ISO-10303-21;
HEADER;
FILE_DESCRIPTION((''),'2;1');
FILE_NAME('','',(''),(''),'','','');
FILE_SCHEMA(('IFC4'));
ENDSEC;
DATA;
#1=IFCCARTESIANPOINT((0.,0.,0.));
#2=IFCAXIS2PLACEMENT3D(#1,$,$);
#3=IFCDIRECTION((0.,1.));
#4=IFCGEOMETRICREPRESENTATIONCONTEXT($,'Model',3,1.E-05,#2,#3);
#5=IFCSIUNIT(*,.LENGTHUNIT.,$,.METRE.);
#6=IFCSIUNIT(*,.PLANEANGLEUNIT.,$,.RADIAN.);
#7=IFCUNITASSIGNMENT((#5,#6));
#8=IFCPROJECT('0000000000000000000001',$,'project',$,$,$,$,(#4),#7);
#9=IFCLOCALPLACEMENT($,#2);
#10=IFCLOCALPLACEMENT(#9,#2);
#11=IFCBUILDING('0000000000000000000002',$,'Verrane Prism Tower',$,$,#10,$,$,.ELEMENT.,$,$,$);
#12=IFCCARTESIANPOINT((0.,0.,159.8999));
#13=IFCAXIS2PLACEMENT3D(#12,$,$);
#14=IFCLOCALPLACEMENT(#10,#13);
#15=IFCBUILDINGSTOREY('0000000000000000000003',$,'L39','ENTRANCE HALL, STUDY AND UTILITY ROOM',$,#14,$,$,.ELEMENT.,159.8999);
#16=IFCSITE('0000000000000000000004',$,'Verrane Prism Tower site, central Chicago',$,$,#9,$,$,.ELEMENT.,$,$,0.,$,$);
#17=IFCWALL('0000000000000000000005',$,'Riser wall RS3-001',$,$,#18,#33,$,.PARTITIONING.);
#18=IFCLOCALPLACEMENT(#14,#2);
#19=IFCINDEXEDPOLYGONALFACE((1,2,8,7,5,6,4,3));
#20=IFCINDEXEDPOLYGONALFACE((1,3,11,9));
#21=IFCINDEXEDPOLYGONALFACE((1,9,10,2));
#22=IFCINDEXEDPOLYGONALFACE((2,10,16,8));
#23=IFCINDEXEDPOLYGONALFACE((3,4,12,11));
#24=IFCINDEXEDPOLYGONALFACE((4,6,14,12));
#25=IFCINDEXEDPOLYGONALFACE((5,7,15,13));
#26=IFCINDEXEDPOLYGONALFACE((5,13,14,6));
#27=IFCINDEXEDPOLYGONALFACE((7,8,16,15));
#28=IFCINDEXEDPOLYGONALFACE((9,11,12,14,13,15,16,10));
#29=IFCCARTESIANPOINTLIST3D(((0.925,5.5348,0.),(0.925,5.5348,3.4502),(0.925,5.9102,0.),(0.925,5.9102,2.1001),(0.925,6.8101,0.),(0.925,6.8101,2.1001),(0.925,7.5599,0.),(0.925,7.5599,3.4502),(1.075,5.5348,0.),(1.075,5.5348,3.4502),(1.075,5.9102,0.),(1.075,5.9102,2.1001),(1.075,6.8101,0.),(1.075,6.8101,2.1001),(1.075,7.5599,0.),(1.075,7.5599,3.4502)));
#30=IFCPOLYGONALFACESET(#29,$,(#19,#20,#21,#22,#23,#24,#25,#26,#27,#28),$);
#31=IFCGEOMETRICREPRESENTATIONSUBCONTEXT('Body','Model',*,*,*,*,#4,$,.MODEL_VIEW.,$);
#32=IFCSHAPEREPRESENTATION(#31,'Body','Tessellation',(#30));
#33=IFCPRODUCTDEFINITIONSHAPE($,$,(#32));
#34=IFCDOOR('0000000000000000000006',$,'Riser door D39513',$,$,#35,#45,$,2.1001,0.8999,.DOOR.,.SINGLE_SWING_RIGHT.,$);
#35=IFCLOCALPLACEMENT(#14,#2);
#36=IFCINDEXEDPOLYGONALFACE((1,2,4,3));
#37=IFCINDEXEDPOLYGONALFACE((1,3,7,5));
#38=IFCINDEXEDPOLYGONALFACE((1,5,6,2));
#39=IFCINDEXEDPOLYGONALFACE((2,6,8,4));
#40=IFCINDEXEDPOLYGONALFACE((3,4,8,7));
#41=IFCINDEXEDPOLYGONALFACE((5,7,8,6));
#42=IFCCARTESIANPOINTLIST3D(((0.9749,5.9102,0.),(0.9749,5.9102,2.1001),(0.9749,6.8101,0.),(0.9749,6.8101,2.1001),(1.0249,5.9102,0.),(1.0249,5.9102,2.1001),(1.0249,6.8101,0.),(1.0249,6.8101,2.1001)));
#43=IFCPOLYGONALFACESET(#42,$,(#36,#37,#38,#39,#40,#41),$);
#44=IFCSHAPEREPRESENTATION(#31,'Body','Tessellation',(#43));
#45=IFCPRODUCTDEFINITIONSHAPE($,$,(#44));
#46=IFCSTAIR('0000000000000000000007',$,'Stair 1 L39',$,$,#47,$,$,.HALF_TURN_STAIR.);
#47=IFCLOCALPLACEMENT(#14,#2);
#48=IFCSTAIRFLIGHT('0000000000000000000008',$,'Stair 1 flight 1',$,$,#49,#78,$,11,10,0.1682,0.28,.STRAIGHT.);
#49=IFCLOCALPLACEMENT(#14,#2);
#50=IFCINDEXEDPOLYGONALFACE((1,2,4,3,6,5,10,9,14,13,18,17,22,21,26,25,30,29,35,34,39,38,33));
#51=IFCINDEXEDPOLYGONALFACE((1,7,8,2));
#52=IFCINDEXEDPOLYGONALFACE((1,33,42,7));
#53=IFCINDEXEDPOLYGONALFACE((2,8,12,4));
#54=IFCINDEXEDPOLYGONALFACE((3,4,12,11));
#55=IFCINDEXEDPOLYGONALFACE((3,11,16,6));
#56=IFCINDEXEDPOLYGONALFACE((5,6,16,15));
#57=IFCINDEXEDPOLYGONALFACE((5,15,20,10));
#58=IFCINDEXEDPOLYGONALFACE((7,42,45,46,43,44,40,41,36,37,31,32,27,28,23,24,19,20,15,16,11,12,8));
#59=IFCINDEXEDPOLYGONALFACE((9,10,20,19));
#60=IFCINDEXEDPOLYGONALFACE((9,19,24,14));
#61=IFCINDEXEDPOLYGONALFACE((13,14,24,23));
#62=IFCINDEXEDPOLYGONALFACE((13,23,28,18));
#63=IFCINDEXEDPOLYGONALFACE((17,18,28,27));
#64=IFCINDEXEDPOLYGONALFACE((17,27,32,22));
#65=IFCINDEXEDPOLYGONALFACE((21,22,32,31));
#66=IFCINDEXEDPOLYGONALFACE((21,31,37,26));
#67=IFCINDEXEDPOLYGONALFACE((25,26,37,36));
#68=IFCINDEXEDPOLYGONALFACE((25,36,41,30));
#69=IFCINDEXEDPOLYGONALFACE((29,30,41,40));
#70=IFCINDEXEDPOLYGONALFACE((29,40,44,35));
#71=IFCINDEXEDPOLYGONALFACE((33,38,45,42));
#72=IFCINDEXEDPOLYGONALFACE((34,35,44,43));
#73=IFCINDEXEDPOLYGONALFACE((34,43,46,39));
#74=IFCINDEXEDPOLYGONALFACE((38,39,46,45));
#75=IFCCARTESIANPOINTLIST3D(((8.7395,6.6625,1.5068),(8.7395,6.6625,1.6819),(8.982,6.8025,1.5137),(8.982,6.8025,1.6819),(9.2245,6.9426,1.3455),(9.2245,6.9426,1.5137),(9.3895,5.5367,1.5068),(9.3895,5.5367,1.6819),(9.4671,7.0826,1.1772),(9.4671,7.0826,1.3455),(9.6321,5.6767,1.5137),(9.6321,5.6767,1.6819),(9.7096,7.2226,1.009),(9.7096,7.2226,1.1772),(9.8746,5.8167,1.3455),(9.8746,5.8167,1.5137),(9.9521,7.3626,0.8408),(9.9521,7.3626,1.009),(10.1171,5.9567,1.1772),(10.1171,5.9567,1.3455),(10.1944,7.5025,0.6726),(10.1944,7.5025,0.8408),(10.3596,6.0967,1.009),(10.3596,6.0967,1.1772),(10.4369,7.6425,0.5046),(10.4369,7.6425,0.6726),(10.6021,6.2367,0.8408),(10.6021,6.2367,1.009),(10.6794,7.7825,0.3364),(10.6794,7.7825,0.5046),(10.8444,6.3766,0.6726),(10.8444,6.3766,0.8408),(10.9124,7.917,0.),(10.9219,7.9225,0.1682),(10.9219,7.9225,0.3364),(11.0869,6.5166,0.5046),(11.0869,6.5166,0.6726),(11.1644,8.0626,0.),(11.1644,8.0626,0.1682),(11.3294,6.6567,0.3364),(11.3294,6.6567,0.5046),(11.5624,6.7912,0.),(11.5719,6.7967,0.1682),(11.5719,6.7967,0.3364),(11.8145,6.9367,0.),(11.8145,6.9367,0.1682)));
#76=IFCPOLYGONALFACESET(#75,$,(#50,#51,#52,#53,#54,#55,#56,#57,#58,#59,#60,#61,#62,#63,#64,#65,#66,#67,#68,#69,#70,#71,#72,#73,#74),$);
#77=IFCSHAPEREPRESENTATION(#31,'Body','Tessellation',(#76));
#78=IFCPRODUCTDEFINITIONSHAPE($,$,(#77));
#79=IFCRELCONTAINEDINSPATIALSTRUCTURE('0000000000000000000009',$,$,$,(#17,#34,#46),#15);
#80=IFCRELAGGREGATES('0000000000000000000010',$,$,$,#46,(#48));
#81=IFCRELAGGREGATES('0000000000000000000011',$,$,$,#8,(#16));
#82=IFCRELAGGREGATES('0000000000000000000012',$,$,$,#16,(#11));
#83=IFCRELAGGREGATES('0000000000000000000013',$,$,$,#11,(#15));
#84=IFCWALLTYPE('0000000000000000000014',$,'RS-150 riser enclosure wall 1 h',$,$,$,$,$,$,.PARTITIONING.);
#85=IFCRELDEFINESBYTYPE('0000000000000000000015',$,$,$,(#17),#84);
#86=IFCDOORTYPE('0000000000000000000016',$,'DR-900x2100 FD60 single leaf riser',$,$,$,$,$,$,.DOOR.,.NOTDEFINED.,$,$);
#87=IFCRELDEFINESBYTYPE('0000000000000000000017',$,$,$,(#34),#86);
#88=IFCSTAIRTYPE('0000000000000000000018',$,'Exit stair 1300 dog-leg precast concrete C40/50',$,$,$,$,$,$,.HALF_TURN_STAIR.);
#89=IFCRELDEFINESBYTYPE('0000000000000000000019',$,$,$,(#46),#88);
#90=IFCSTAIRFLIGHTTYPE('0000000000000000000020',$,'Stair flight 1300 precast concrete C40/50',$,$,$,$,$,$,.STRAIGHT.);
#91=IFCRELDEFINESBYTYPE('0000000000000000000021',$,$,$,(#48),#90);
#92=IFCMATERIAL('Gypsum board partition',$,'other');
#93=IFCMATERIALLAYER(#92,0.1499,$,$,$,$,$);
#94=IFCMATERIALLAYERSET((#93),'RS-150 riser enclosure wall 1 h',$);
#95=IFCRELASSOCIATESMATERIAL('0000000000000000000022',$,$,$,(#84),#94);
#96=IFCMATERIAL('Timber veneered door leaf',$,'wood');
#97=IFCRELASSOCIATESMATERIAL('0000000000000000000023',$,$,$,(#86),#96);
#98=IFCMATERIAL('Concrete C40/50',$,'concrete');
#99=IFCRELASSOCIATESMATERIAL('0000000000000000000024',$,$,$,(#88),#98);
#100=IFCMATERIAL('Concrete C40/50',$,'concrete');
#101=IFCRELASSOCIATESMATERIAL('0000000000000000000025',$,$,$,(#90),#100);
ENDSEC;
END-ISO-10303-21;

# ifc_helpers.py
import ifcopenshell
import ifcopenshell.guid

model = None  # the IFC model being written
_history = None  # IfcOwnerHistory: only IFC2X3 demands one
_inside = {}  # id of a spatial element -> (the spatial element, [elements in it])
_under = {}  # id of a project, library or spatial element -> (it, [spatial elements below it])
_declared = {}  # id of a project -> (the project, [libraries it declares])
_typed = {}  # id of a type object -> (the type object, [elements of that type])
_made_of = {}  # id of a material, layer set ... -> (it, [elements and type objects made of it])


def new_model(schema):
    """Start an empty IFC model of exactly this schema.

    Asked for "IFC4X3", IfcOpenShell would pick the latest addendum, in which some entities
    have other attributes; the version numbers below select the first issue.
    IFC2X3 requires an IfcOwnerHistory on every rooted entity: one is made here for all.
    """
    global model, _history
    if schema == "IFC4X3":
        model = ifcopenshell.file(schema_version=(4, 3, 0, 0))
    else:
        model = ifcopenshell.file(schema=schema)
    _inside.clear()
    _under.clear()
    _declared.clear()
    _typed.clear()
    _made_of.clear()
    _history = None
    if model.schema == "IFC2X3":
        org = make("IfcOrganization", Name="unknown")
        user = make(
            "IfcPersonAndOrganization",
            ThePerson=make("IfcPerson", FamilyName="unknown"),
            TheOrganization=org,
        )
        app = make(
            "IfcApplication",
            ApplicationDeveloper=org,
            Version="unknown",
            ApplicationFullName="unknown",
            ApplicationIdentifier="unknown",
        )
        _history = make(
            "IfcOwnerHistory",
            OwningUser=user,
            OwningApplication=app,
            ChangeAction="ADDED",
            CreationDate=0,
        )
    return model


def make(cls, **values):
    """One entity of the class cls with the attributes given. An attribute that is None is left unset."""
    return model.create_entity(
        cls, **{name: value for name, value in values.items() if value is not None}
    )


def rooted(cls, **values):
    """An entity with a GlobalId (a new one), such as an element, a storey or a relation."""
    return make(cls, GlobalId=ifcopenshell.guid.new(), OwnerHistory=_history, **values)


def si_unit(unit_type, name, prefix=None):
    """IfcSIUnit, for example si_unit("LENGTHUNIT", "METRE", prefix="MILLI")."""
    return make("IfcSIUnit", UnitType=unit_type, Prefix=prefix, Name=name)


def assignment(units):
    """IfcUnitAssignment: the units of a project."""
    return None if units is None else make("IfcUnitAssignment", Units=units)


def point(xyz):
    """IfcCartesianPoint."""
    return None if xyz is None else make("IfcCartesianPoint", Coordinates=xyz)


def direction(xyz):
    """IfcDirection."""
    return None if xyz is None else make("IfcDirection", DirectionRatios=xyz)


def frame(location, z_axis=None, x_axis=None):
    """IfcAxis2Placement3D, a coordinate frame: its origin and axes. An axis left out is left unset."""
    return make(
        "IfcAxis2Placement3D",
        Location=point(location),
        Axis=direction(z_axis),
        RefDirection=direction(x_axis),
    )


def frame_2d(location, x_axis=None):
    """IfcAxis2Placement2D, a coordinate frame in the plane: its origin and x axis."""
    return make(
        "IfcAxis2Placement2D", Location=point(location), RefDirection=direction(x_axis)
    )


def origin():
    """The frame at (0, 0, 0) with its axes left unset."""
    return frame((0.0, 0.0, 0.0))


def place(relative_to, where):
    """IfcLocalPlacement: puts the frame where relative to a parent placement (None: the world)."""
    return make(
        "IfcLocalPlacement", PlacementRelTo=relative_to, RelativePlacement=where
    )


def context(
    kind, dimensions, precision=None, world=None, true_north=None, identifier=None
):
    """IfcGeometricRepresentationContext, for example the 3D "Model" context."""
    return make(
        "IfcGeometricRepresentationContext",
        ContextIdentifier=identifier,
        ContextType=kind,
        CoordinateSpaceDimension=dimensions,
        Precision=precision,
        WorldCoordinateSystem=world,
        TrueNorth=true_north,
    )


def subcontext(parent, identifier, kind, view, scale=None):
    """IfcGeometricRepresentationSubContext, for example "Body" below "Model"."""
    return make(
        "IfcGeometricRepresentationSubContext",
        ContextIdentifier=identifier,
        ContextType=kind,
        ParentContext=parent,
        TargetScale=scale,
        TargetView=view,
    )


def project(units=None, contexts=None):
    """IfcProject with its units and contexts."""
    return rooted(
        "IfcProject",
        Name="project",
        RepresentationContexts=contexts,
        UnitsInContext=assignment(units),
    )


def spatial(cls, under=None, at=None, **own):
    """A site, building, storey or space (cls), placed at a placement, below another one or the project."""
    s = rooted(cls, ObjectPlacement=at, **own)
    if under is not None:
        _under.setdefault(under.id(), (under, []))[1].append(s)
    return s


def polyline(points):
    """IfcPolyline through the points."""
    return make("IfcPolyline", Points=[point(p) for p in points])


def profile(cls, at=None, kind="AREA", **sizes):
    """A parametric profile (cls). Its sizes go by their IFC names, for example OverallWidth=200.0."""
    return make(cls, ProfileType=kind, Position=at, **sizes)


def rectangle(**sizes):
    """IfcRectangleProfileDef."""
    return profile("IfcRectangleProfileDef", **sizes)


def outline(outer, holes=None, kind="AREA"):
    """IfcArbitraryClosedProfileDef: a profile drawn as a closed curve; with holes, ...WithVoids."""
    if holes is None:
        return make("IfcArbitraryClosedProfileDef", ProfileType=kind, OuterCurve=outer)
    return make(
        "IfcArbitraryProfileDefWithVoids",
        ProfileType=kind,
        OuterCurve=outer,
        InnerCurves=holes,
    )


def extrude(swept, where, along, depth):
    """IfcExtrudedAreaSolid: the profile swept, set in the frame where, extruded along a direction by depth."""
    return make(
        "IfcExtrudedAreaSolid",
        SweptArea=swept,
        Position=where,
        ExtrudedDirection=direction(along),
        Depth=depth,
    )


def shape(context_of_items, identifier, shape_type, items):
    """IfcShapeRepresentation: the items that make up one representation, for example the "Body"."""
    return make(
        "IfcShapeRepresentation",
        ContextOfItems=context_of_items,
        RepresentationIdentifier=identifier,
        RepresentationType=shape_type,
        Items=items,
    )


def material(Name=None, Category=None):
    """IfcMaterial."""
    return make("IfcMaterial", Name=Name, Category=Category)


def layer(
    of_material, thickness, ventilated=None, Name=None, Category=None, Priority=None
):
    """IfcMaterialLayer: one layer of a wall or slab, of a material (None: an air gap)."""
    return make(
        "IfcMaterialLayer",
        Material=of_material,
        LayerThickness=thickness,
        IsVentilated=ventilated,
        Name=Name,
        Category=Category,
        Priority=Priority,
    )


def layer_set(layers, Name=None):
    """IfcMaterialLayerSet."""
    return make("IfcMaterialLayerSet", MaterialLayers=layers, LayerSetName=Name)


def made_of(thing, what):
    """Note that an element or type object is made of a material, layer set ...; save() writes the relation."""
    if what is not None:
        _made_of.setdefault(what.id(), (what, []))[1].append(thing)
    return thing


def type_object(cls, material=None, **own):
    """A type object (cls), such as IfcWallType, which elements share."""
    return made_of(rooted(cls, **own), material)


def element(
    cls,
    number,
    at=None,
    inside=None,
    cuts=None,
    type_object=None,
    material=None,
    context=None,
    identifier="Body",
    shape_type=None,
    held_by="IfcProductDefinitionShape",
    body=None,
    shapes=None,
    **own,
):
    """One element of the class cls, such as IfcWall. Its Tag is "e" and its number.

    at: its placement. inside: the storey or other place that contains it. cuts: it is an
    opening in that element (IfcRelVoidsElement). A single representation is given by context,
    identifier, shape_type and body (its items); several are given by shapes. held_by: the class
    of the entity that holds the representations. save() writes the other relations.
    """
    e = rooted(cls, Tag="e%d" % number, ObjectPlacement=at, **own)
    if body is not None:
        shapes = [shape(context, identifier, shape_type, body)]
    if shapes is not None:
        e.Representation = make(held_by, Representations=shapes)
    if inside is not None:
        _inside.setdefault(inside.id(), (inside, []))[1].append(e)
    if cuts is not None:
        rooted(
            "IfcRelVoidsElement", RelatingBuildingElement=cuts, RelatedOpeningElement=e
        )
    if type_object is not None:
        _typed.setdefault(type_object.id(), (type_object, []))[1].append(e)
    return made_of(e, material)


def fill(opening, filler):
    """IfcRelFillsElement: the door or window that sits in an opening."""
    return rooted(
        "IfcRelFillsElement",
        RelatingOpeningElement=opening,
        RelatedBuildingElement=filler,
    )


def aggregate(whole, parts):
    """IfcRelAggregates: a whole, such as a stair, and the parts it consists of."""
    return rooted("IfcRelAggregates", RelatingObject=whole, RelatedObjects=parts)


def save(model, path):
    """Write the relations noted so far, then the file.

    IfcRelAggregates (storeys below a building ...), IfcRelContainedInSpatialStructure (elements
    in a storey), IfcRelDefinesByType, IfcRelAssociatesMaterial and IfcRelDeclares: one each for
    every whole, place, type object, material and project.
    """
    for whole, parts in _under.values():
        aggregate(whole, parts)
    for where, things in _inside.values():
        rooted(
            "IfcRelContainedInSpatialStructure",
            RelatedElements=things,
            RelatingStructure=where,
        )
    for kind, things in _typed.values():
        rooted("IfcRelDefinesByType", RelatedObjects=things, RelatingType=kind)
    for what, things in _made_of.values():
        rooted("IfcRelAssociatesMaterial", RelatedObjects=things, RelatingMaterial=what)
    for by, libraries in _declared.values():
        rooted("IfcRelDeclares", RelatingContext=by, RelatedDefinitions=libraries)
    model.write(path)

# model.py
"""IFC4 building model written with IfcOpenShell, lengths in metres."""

from ifc_helpers import new_model, si_unit, direction, frame, frame_2d, origin, place, context, subcontext, project, spatial, polyline, rectangle, outline, extrude, material, layer, layer_set, type_object, element, fill, aggregate, save


model = new_model("IFC4")

# Units and contexts
model_context = context("Model", 3, precision=1e-05, world=origin(), true_north=direction((0.0, 1.0)))
body_context = subcontext(model_context, "Body", "Model", "MODEL_VIEW")
ifc_project = project(units=[si_unit("LENGTHUNIT", "METRE"), si_unit("PLANEANGLEUNIT", "RADIAN")], contexts=[model_context])

# Site, building, storey
site_placement = place(None, origin())
site = spatial("IfcSite", under=ifc_project, at=site_placement, Name="Verrane Prism Tower site, central Chicago", CompositionType="ELEMENT", RefElevation=0.0)
building_placement = place(site_placement, origin())
building = spatial("IfcBuilding", under=site, at=building_placement, Name="Verrane Prism Tower", CompositionType="ELEMENT")
storey_placement = place(building_placement, frame((0.0, 0.0, 159.8999)))
storey = spatial("IfcBuildingStorey", under=building, at=storey_placement, Name="L39", Description="ENTRANCE HALL, STUDY AND UTILITY ROOM", CompositionType="ELEMENT", Elevation=159.8999)

# Wall, opening, door
ifc_material_1 = material(Name="Gypsum board partition", Category="other")
ifc_layer_1 = layer(ifc_material_1, 0.1499)
ifc_layer_set_1 = layer_set([ifc_layer_1], Name="RS-150 riser enclosure wall 1 h")
wall_type_1 = type_object("IfcWallType", Name="RS-150 riser enclosure wall 1 h", PredefinedType="PARTITIONING", material=ifc_layer_set_1)
wall_1_placement = place(storey_placement, frame((1.0, 7.5601, 0.0), z_axis=(0.0, 0.0, 1.0), x_axis=(0.0, -1.0, 0.0)))
wall_1 = element("IfcWall", 1, at=wall_1_placement, inside=storey, type_object=wall_type_1, Name="Riser wall RS3-001", PredefinedType="PARTITIONING", context=body_context, shape_type="SweptSolid", body=[
    extrude(rectangle(XDim=2.0251, YDim=0.1499, at=frame_2d((1.0127, 0.0))), origin(), (0.0, 0.0, 1.0), 3.4502),
])
opening_1_placement = place(wall_1_placement, frame((0.75, 0.0, 0.0)))
opening_1 = element("IfcOpeningElement", 2, at=opening_1_placement, cuts=wall_1, PredefinedType="OPENING", context=body_context, shape_type="SweptSolid", body=[
    extrude(rectangle(XDim=0.8999, YDim=2.1001, at=frame_2d((0.45, 1.05))), frame((0.0, 0.085, 0.0), z_axis=(0.0, -1.0, 0.0), x_axis=(1.0, 0.0, 0.0)), (0.0, 0.0, 1.0), 0.1699),
])
ifc_material_2 = material(Name="Timber veneered door leaf", Category="wood")
door_type_1 = type_object("IfcDoorType", Name="DR-900x2100 FD60 single leaf riser", OperationType="NOTDEFINED", PredefinedType="DOOR", material=ifc_material_2)
door_1_placement = place(opening_1_placement, origin())
door_1 = element("IfcDoor", 3, at=door_1_placement, inside=storey, type_object=door_type_1, Name="Riser door D39513", OperationType="SINGLE_SWING_RIGHT", OverallHeight=2.1001, OverallWidth=0.8999, PredefinedType="DOOR", context=body_context, shape_type="SweptSolid", body=[
    extrude(rectangle(XDim=0.8999, YDim=2.1001, at=frame_2d((0.45, 1.05))), frame((0.0, 0.0249, 0.0), z_axis=(0.0, -1.0, 0.0), x_axis=(1.0, 0.0, 0.0)), (0.0, 0.0, 1.0), 0.05),
])
fill(opening_1, door_1)

# Stair, stair flight
ifc_material_3 = material(Name="Concrete C40/50", Category="concrete")
stair_type = type_object("IfcStairType", Name="Exit stair 1300 dog-leg precast concrete C40/50", PredefinedType="HALF_TURN_STAIR", material=ifc_material_3)
stair_placement = place(storey_placement, origin())
stair = element("IfcStair", 4, at=stair_placement, inside=storey, type_object=stair_type, Name="Stair 1 L39", PredefinedType="HALF_TURN_STAIR")
ifc_material_4 = material(Name="Concrete C40/50", Category="concrete")
stair_flight_type = type_object("IfcStairFlightType", Name="Stair flight 1300 precast concrete C40/50", PredefinedType="STRAIGHT", material=ifc_material_4)
stair_flight_placement = place(storey_placement, frame((11.4895, 7.4995, 0.0), z_axis=(0.0, 0.0, 1.0), x_axis=(-0.866025, -0.5, 0.0)))
stair_flight = element("IfcStairFlight", 5, at=stair_flight_placement, type_object=stair_flight_type, Name="Stair 1 flight 1", NumberOfRisers=11, NumberOfTreads=10, PredefinedType="STRAIGHT", RiserHeight=0.1682, TreadLength=0.28, context=body_context, shape_type="SweptSolid", body=[
    extrude(outline(polyline([(0.0, 0.0), (0.0, 0.1682), (0.28, 0.1682), (0.28, 0.3364), (0.5601, 0.3364), (0.5601, 0.5046), (0.8401, 0.5046), (0.8401, 0.6726), (1.1201, 0.6726), (1.1201, 0.8408), (1.3999, 0.8408), (1.3999, 1.009), (1.6799, 1.009), (1.6799, 1.1772), (1.96, 1.1772), (1.96, 1.3455), (2.24, 1.3455), (2.24, 1.5137), (2.52, 1.5137), (2.52, 1.6819), (2.8, 1.6819), (2.8, 1.8501), (2.8, 1.5068), (0.291, 0.0), (0.0, 0.0)])), frame((0.0, 0.6499, 0.0), z_axis=(0.0, -1.0, 0.0), x_axis=(1.0, 0.0, 0.0)), (0.0, 0.0, 1.0), 1.3),
])
aggregate(stair, [stair_flight])

save(model, "model.ifc")
